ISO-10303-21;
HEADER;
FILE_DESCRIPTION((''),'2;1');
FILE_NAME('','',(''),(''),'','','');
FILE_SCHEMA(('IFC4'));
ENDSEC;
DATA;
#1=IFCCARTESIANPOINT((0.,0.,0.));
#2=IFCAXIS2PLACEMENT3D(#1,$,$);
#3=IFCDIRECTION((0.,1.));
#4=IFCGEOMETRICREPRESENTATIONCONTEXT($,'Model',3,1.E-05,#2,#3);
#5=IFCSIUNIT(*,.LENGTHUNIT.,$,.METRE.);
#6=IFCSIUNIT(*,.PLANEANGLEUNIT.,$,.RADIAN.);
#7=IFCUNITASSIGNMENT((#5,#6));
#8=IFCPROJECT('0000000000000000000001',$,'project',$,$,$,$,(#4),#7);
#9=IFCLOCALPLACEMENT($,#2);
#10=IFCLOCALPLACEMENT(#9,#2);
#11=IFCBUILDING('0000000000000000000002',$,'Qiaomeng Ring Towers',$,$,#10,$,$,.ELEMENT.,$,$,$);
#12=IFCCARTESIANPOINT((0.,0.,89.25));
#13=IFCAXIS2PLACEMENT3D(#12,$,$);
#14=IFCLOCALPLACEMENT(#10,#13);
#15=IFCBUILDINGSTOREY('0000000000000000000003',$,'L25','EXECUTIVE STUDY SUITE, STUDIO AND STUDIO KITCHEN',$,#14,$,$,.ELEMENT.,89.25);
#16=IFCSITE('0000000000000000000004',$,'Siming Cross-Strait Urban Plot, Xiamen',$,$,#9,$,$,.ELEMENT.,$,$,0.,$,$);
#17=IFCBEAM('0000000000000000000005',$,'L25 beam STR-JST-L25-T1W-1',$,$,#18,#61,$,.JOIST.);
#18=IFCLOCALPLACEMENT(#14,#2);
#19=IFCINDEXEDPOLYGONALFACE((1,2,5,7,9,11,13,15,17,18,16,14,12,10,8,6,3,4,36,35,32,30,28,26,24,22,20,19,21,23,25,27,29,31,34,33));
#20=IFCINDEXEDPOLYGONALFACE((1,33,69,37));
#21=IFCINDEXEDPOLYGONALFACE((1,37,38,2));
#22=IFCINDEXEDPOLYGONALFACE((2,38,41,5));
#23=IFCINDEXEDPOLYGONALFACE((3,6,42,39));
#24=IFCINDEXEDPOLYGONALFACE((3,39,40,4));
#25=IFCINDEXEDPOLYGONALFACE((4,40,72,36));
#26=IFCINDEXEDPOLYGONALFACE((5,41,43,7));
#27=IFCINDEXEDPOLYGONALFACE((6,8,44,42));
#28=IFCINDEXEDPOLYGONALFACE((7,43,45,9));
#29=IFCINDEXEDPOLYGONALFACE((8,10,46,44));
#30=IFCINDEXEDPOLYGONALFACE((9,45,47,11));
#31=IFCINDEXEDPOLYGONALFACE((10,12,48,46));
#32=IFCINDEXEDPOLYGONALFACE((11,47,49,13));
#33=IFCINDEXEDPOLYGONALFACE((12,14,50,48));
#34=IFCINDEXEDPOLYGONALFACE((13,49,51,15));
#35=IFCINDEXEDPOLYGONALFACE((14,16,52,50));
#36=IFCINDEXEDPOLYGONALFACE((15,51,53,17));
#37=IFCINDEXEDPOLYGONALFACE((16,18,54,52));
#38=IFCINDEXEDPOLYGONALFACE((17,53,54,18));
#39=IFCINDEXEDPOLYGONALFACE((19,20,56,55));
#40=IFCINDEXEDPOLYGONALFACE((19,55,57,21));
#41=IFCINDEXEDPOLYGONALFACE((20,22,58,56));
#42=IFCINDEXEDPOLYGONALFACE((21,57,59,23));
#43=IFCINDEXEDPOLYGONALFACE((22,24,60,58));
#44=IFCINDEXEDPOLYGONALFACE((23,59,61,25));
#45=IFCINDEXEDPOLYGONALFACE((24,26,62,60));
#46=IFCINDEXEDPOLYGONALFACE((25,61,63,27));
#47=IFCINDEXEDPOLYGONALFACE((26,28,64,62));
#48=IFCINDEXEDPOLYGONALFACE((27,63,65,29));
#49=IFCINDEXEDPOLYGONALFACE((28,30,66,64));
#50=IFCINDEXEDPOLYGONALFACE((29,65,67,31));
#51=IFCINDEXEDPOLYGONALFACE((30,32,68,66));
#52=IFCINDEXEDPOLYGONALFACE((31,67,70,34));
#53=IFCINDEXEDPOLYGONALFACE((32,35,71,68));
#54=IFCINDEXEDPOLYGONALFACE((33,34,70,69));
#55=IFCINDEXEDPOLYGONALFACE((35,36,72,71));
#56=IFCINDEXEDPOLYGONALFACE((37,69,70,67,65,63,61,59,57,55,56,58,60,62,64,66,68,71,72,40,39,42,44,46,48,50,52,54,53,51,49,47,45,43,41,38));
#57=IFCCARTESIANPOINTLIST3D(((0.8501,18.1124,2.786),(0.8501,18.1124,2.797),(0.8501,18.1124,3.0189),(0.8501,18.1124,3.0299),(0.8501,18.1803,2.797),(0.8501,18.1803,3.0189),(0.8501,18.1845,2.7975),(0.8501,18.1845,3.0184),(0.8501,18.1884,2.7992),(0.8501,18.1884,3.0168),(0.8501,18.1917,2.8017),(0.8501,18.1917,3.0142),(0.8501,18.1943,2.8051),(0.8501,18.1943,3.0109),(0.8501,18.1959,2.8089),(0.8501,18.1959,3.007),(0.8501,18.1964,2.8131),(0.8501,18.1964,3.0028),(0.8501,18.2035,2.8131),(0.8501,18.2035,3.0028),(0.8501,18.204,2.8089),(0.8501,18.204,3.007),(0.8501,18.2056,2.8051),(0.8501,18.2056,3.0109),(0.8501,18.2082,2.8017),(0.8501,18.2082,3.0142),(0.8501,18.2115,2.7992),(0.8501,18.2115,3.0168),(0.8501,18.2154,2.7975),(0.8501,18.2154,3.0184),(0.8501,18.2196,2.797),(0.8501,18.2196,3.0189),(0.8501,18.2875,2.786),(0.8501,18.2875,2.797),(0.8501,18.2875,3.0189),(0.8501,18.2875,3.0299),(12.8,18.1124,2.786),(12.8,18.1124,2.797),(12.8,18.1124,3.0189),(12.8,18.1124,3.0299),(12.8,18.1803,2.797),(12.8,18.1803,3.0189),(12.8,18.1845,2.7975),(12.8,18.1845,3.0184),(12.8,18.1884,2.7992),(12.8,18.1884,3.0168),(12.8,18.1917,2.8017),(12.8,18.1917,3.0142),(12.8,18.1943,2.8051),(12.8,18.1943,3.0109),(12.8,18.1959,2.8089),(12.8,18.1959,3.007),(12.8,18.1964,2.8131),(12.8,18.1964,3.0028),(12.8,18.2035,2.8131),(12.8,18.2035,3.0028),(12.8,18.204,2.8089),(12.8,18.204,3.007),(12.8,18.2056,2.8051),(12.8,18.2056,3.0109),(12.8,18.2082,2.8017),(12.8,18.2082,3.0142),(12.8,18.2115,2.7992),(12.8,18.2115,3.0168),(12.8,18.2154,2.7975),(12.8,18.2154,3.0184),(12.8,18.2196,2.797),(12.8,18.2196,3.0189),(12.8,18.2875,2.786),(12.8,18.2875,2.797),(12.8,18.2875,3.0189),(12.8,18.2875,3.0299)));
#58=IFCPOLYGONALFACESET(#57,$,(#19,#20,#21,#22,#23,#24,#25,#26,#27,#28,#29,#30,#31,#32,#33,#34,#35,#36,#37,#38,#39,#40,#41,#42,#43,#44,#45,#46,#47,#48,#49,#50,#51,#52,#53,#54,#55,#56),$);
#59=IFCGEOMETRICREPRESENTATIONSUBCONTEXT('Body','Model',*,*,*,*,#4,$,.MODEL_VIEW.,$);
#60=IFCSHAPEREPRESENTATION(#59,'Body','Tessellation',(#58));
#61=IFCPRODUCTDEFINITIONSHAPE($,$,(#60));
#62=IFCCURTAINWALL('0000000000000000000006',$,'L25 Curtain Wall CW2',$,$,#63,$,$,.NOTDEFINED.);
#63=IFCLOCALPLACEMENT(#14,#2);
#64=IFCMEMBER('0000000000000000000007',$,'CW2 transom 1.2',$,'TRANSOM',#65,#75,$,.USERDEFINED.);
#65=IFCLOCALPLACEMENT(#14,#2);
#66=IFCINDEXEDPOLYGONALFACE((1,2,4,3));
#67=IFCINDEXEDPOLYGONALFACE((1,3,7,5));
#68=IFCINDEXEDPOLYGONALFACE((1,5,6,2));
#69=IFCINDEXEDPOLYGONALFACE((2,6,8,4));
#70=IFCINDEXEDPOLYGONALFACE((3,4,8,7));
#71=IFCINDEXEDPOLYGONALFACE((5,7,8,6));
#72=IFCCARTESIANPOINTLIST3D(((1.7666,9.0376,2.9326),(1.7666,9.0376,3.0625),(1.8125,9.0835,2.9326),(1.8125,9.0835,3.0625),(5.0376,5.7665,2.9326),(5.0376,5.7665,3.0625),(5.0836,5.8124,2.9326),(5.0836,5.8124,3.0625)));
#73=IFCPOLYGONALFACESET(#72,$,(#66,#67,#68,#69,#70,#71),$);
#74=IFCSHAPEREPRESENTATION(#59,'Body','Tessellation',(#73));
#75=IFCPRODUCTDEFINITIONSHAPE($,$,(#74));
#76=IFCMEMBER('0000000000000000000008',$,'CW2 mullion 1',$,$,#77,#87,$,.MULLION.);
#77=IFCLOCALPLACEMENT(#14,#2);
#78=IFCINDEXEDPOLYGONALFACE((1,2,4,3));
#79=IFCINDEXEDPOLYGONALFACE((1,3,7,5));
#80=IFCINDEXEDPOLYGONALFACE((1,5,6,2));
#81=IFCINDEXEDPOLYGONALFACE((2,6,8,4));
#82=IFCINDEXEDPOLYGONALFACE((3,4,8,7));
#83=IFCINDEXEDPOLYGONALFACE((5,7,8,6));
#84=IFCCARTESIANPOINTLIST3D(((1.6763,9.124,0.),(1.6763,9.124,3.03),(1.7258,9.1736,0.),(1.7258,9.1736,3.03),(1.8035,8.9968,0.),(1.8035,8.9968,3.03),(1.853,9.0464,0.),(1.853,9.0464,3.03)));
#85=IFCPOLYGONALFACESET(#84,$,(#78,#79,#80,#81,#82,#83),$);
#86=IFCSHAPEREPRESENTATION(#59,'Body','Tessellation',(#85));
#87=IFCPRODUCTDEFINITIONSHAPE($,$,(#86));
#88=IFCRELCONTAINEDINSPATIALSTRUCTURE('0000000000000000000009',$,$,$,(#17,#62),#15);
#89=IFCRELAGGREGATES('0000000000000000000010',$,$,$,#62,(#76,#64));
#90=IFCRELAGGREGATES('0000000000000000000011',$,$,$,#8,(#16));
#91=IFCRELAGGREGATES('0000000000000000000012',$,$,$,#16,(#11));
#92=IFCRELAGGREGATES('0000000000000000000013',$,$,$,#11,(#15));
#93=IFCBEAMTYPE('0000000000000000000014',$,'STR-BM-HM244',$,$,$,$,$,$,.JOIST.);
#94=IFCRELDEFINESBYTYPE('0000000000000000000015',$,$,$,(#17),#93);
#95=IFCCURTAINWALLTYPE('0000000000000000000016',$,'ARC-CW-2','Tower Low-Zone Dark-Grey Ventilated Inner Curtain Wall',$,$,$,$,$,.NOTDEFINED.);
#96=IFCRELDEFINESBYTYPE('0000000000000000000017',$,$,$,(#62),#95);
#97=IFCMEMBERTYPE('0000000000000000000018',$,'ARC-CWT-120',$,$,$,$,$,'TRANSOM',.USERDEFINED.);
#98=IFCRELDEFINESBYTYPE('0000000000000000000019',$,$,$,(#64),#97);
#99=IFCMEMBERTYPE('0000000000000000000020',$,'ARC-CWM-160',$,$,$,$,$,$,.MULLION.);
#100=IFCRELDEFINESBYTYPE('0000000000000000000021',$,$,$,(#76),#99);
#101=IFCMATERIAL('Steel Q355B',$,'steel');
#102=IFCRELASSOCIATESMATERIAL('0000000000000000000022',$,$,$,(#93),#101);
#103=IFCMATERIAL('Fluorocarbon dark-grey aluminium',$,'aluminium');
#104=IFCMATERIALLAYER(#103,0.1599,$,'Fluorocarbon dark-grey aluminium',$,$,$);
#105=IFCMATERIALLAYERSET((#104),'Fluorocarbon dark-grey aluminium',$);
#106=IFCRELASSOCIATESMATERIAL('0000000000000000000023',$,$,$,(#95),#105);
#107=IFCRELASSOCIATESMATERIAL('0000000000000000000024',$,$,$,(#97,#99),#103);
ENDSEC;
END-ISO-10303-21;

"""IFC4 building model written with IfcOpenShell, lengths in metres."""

from ifc_helpers import new_model, si_unit, direction, frame, origin, origin_2d, place, context, subcontext, project, spatial, rectangle, i_section, extrude, source, transform, mapped, material, layer, layer_set, material_profile, profile_set, type_object, element, aggregate, save


model = new_model("IFC4")

# Units and contexts
model_context = context("Model", 3, precision=1e-05, world=origin(), true_north=direction((0.0, 1.0)))
body_context = subcontext(model_context, "Body", "Model", "MODEL_VIEW")
ifc_project = project(units=[si_unit("LENGTHUNIT", "METRE"), si_unit("PLANEANGLEUNIT", "RADIAN")], contexts=[model_context])

# Site, building, storey
site_placement = place(None, origin())
site = spatial("IfcSite", under=ifc_project, at=site_placement, Name="Siming Cross-Strait Urban Plot, Xiamen", CompositionType="ELEMENT", RefElevation=0.0)
building_placement = place(site_placement, origin())
building = spatial("IfcBuilding", under=site, at=building_placement, Name="Qiaomeng Ring Towers", CompositionType="ELEMENT")
storey_placement = place(building_placement, frame((0.0, 0.0, 89.25)))
storey = spatial("IfcBuildingStorey", under=building, at=storey_placement, Name="L25", Description="EXECUTIVE STUDY SUITE, STUDIO AND STUDIO KITCHEN", CompositionType="ELEMENT", Elevation=89.25)

# Beam
ifc_material_1 = material(Name="Steel Q355B", Category="steel")
ifc_material_profile_1 = material_profile(ifc_material_1, i_section(OverallWidth=0.175, OverallDepth=0.2439, WebThickness=0.0071, FlangeThickness=0.011, FilletRadius=0.0161, at=origin_2d()), Name="HM 244x175x7x11")
ifc_profile_set_1 = profile_set([ifc_material_profile_1], Name="Steel Q355B")
beam_type_1 = type_object("IfcBeamType", Name="STR-BM-HM244", PredefinedType="JOIST", material=ifc_profile_set_1)
shared_shape_1 = source(origin(), body_context, "Body", "SweptSolid", [
    extrude(i_section(OverallWidth=0.175, OverallDepth=0.2439, WebThickness=0.0071, FlangeThickness=0.011, FilletRadius=0.0161, at=origin_2d()), origin(), (0.0, 0.0, 1.0), 11.95),
])
beam_1_placement = place(storey_placement, frame((0.8501, 18.2, 2.908), z_axis=(1.0, 0.0, 0.0), x_axis=(0.0, 1.0, 0.0)))
element("IfcBeam", 1, at=beam_1_placement, inside=storey, type_object=beam_type_1, Name="L25 beam STR-JST-L25-T1W-1", PredefinedType="JOIST", context=body_context, shape_type="MappedRepresentation", body=[
    mapped(shared_shape_1, transform((0.0, 0.0, 0.0), x_axis=(1.0, 0.0, 0.0), y_axis=(0.0, 1.0, 0.0), z_axis=(0.0, 0.0, 1.0), scale=1.0)),
])

# Curtain wall, members
ifc_material_2 = material(Name="Fluorocarbon dark-grey aluminium", Category="aluminium")
ifc_layer_1 = layer(ifc_material_2, 0.1599, Name="Fluorocarbon dark-grey aluminium")
ifc_layer_set_1 = layer_set([ifc_layer_1], Name="Fluorocarbon dark-grey aluminium")
curtain_wall_type = type_object("IfcCurtainWallType", Name="ARC-CW-2", Description="Tower Low-Zone Dark-Grey Ventilated Inner Curtain Wall", PredefinedType="NOTDEFINED", material=ifc_layer_set_1)
curtain_wall_placement = place(storey_placement, origin())
curtain_wall = element("IfcCurtainWall", 2, at=curtain_wall_placement, inside=storey, type_object=curtain_wall_type, Name="L25 Curtain Wall CW2", PredefinedType="NOTDEFINED")
ifc_material_profile_2 = material_profile(ifc_material_2, rectangle(XDim=0.0649, YDim=0.1299, at=origin_2d()), Name="ALU TRAN 65x130")
ifc_profile_set_2 = profile_set([ifc_material_profile_2], Name="Fluorocarbon dark-grey aluminium")
member_type_1 = type_object("IfcMemberType", Name="ARC-CWT-120", ElementType="TRANSOM", PredefinedType="USERDEFINED", material=ifc_profile_set_2)
shared_shape_2 = source(origin(), body_context, "Body", "SweptSolid", [
    extrude(rectangle(XDim=0.0649, YDim=0.1299, at=origin_2d()), origin(), (0.0, 0.0, 1.0), 4.626),
])
member_1_placement = place(storey_placement, frame((1.7896, 9.0605, 2.9976), z_axis=(0.707107, -0.707107, 0.0), x_axis=(0.707107, 0.707107, 0.0)))
member_1 = element("IfcMember", 3, at=member_1_placement, type_object=member_type_1, Name="CW2 transom 1.2", ObjectType="TRANSOM", PredefinedType="USERDEFINED", context=body_context, shape_type="MappedRepresentation", body=[
    mapped(shared_shape_2, transform((0.0, 0.0, 0.0), x_axis=(1.0, 0.0, 0.0), y_axis=(0.0, 1.0, 0.0), z_axis=(0.0, 0.0, 1.0), scale=1.0)),
])
ifc_material_profile_3 = material_profile(ifc_material_2, rectangle(XDim=0.0701, YDim=0.1799, at=origin_2d()), Name="ALU MULL 70x180")
ifc_profile_set_3 = profile_set([ifc_material_profile_3], Name="Fluorocarbon dark-grey aluminium")
member_type_2 = type_object("IfcMemberType", Name="ARC-CWM-160", PredefinedType="MULLION", material=ifc_profile_set_3)
shared_shape_3 = source(origin(), body_context, "Body", "SweptSolid", [
    extrude(rectangle(XDim=0.0701, YDim=0.1799, at=origin_2d()), origin(), (0.0, 0.0, 1.0), 3.03),
])
member_2_placement = place(storey_placement, frame((1.7646, 9.0852, 0.0), z_axis=(0.0, 0.0, 1.0), x_axis=(0.707107, 0.707107, 0.0)))
member_2 = element("IfcMember", 4, at=member_2_placement, type_object=member_type_2, Name="CW2 mullion 1", PredefinedType="MULLION", context=body_context, shape_type="MappedRepresentation", body=[
    mapped(shared_shape_3, transform((0.0, 0.0, 0.0), x_axis=(1.0, 0.0, 0.0), y_axis=(0.0, 1.0, 0.0), z_axis=(0.0, 0.0, 1.0), scale=1.0)),
])
aggregate(curtain_wall, [member_2, member_1])

save(model, "model.ifc")
